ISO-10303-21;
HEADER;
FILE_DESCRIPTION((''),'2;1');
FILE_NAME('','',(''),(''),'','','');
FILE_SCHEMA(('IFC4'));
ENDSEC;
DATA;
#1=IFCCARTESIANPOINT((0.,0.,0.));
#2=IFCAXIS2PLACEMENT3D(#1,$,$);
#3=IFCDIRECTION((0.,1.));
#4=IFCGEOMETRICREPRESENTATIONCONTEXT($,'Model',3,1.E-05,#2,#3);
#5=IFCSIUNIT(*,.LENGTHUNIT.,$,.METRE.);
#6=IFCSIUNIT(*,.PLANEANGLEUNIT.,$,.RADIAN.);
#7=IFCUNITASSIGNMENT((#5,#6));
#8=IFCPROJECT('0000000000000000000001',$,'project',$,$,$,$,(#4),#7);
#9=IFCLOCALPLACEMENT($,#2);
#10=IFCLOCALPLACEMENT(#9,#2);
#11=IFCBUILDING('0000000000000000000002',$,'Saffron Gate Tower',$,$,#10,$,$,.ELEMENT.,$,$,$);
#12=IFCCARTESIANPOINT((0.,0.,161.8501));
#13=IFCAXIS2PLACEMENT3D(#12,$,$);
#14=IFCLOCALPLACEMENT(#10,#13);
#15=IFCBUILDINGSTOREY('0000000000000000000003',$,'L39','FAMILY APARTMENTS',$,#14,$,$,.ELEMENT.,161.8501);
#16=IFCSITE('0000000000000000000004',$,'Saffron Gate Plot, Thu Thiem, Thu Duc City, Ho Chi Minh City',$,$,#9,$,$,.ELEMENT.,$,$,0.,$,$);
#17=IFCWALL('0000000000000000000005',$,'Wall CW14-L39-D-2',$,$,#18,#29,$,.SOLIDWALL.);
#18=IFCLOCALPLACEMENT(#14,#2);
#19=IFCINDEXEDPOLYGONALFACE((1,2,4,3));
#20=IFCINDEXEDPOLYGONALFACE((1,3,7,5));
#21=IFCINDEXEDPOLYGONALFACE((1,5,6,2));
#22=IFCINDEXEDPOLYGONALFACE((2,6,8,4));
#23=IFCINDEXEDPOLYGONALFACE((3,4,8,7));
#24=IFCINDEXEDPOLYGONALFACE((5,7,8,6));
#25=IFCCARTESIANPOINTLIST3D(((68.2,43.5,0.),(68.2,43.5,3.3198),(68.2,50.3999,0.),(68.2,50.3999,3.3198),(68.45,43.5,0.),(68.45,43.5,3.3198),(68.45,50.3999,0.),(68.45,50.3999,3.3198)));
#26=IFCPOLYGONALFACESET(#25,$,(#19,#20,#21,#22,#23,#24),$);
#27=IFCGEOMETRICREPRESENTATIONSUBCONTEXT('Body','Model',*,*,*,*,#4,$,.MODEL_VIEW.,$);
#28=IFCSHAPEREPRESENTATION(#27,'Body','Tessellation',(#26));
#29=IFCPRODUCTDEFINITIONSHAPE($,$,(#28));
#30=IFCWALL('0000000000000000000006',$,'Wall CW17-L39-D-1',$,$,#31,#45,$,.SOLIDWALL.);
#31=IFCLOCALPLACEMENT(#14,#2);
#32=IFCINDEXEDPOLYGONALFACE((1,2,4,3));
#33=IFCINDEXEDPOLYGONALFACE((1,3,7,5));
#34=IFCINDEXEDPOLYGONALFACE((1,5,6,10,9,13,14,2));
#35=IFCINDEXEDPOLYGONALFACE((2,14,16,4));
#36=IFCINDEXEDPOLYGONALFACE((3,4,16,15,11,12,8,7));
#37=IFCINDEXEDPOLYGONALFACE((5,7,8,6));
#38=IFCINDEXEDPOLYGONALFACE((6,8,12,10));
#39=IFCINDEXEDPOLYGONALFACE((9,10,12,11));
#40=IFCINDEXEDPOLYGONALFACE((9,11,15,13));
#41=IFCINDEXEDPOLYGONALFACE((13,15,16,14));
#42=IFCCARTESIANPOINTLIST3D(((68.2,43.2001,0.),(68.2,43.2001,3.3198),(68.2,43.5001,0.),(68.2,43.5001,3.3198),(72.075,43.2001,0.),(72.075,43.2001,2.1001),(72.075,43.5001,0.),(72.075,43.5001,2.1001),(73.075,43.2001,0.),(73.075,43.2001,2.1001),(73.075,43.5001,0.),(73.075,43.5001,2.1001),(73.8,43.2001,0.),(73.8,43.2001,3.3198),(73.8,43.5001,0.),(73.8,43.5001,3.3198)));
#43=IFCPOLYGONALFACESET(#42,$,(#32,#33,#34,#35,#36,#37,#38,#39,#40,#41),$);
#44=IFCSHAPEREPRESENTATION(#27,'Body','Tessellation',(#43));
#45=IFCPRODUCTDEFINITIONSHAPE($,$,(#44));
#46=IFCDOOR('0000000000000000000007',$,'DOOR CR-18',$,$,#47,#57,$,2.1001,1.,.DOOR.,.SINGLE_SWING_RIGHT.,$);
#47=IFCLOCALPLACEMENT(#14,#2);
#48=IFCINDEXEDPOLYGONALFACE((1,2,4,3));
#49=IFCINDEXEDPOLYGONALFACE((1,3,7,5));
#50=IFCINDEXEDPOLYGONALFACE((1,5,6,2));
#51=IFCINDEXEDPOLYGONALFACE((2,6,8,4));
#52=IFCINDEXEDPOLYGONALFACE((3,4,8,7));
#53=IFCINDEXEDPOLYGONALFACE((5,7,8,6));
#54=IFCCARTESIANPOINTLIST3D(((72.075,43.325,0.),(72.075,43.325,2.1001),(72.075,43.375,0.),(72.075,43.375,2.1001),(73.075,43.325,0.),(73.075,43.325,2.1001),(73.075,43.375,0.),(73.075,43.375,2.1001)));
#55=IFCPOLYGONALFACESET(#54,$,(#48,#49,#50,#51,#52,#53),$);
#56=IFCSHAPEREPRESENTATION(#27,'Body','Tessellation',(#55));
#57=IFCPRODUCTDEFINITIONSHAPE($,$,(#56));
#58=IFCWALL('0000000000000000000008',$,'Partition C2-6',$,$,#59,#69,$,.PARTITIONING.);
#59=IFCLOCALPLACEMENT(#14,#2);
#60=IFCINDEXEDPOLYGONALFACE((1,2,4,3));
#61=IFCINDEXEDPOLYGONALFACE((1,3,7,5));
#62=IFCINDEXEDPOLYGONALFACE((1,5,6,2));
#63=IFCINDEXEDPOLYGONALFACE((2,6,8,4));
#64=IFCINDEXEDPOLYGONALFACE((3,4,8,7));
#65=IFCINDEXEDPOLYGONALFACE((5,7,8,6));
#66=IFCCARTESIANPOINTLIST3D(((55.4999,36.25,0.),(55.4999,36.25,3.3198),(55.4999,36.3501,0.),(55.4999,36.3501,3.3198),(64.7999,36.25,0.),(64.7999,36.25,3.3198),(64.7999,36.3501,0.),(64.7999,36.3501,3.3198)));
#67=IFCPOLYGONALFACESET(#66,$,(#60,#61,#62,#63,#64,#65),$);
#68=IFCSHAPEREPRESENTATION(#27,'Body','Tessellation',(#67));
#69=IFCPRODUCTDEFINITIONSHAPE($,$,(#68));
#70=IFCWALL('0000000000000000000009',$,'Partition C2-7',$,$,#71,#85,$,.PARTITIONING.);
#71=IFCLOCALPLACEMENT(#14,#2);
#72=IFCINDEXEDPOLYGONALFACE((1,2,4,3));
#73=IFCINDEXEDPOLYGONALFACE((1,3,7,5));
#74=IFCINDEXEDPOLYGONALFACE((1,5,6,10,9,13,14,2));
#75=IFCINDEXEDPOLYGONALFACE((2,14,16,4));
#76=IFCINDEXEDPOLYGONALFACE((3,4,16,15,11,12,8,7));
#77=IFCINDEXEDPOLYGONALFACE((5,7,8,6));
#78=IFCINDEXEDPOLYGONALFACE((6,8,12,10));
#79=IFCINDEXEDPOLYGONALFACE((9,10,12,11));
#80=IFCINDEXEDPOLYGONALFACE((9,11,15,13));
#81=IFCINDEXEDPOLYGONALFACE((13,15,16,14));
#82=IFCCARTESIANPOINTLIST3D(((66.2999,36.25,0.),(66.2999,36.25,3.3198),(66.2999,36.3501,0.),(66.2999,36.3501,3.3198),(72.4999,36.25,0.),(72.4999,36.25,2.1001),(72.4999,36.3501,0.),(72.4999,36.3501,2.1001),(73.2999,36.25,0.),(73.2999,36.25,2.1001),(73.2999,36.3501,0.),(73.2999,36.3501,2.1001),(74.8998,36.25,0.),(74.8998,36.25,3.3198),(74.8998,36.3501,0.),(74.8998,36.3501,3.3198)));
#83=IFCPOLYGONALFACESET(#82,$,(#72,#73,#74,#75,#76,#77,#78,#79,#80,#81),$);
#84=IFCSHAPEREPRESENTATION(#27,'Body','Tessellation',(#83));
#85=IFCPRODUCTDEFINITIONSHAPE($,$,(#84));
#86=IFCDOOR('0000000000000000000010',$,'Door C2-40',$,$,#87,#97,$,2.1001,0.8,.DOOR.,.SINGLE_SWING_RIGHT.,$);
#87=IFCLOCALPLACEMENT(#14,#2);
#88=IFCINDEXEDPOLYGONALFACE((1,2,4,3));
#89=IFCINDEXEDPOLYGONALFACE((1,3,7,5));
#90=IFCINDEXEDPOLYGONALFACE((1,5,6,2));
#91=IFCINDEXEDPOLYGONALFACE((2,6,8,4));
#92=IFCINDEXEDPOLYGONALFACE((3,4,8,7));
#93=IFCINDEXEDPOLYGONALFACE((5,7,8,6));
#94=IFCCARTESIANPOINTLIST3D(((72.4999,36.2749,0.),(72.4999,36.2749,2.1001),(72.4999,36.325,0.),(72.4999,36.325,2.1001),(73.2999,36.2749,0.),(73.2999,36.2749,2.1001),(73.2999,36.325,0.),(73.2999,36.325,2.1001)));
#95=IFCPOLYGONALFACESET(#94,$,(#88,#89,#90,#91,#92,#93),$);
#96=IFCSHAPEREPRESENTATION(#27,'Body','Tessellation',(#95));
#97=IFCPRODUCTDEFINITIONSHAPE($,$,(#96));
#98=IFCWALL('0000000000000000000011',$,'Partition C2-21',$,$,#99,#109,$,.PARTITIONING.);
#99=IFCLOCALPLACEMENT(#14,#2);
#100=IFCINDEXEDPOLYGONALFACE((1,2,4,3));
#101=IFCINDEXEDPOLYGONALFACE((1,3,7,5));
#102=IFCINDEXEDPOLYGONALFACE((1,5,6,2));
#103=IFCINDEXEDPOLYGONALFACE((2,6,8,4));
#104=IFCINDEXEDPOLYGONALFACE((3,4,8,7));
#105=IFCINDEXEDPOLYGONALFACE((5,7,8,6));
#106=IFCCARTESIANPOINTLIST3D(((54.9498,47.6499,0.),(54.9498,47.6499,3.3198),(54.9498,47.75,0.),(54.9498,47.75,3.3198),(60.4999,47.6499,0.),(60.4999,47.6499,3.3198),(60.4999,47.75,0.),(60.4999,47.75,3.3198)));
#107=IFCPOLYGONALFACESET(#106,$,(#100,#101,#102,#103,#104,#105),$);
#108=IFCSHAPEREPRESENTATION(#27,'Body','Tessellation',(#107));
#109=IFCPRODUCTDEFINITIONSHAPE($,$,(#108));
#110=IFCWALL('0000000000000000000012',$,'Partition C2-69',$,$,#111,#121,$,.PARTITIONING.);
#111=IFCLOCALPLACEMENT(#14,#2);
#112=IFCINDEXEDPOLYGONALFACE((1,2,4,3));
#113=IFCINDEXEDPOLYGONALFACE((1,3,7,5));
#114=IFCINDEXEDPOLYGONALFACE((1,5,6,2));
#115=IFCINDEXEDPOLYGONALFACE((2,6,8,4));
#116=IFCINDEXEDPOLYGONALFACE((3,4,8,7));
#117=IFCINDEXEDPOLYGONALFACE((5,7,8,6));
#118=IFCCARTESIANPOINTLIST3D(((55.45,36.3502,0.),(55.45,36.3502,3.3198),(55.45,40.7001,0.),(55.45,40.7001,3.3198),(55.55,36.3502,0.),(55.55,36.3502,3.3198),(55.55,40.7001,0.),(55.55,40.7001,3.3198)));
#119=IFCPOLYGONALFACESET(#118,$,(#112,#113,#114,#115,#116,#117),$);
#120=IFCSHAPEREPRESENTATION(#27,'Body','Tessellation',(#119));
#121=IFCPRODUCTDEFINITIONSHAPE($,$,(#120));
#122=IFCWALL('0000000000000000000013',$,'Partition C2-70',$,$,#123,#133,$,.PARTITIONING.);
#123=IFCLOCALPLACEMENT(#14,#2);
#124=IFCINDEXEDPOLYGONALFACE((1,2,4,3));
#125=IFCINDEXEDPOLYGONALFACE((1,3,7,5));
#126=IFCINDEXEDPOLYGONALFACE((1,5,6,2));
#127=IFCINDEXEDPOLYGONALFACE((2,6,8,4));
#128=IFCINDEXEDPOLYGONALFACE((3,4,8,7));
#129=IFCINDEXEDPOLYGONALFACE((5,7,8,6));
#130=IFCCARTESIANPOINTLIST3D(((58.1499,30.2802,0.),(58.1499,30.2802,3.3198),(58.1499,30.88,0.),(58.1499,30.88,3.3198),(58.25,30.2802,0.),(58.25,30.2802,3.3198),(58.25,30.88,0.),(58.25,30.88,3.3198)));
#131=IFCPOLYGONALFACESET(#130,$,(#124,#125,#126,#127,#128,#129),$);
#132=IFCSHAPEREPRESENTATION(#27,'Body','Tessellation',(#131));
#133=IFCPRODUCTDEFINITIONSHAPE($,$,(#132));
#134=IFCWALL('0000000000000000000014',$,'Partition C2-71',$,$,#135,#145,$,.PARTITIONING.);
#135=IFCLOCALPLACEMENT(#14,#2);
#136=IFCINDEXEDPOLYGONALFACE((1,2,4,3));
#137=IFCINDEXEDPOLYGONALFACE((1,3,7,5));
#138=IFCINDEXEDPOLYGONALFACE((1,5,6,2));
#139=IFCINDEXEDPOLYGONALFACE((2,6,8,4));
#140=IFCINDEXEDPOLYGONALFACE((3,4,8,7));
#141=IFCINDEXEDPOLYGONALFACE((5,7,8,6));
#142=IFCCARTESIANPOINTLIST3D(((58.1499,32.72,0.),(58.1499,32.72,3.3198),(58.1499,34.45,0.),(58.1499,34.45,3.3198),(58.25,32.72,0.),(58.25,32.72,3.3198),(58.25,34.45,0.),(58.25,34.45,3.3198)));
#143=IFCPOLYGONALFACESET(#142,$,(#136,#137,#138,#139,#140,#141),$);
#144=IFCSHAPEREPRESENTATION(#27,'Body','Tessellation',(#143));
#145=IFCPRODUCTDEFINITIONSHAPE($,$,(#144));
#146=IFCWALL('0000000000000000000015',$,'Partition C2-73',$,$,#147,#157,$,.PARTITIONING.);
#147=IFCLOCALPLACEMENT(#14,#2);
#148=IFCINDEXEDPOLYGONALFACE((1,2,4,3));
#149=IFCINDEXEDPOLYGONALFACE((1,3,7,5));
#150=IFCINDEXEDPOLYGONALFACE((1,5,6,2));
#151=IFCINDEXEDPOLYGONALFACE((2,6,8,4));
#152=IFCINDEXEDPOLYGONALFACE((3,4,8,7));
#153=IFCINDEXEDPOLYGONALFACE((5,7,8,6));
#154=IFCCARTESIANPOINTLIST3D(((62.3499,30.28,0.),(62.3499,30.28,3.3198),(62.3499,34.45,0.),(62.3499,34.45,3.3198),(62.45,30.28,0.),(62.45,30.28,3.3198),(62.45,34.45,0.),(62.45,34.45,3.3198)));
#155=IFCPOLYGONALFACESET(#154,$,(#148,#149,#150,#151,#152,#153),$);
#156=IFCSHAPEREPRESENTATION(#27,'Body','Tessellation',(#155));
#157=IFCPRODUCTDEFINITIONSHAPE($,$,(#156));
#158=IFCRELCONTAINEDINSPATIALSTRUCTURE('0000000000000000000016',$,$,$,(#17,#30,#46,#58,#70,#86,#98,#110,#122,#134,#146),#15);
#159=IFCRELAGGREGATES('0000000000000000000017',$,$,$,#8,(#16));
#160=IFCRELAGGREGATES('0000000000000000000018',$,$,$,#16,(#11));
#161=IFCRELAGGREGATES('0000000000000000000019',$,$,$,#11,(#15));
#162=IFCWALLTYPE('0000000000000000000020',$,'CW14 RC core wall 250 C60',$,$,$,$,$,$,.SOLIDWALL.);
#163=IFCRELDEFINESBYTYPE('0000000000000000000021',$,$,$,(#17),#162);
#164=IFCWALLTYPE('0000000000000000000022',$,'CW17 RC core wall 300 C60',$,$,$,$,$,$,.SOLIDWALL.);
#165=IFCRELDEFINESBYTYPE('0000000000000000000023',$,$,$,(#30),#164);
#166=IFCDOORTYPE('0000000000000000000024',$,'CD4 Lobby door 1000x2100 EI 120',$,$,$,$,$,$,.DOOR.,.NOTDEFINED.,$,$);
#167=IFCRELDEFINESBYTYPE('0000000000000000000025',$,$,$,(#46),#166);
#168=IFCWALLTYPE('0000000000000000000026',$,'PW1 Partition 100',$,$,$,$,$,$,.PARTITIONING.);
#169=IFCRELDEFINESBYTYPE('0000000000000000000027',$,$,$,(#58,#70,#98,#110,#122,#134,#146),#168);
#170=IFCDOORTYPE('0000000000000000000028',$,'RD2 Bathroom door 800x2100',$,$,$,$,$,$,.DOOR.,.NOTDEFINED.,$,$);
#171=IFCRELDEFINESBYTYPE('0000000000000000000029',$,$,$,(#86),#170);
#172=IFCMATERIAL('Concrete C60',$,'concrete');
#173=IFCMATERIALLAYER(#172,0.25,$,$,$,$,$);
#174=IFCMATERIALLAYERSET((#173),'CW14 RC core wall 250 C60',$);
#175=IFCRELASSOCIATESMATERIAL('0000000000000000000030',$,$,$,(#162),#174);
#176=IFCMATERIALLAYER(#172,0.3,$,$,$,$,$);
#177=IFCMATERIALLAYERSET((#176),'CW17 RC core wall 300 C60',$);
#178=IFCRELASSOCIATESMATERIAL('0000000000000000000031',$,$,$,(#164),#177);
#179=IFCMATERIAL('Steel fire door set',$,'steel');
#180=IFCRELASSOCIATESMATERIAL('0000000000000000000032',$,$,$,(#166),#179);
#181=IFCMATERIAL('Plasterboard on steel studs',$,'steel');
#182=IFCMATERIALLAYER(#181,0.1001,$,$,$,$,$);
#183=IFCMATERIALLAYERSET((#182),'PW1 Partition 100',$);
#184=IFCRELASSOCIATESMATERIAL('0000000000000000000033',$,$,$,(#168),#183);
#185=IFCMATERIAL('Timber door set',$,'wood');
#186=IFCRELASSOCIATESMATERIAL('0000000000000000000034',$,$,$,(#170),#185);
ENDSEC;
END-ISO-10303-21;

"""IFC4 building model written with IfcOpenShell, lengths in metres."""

from ifc_helpers import new_model, si_unit, direction, frame, frame_2d, origin, place, context, subcontext, project, spatial, rectangle, extrude, material, layer, layer_set, type_object, element, fill, save


model = new_model("IFC4")

# Units and contexts
model_context = context("Model", 3, precision=1e-05, world=origin(), true_north=direction((0.0, 1.0)))
body_context = subcontext(model_context, "Body", "Model", "MODEL_VIEW")
ifc_project = project(units=[si_unit("LENGTHUNIT", "METRE"), si_unit("PLANEANGLEUNIT", "RADIAN")], contexts=[model_context])

# Site, building, storey
site_placement = place(None, origin())
site = spatial("IfcSite", under=ifc_project, at=site_placement, Name="Saffron Gate Plot, Thu Thiem, Thu Duc City, Ho Chi Minh City", CompositionType="ELEMENT", RefElevation=0.0)
building_placement = place(site_placement, origin())
building = spatial("IfcBuilding", under=site, at=building_placement, Name="Saffron Gate Tower", CompositionType="ELEMENT")
storey_placement = place(building_placement, frame((0.0, 0.0, 161.8501)))
storey = spatial("IfcBuildingStorey", under=building, at=storey_placement, Name="L39", Description="FAMILY APARTMENTS", CompositionType="ELEMENT", Elevation=161.8501)

# Wall
ifc_material_1 = material(Name="Concrete C60", Category="concrete")
ifc_layer_1 = layer(ifc_material_1, 0.25)
ifc_layer_set_1 = layer_set([ifc_layer_1], Name="CW14 RC core wall 250 C60")
wall_type_1 = type_object("IfcWallType", Name="CW14 RC core wall 250 C60", PredefinedType="SOLIDWALL", material=ifc_layer_set_1)
wall_1_placement = place(storey_placement, frame((68.325, 43.5, 0.0), z_axis=(0.0, 0.0, 1.0), x_axis=(0.0, 1.0, 0.0)))
element("IfcWall", 1, at=wall_1_placement, inside=storey, type_object=wall_type_1, Name="Wall CW14-L39-D-2", PredefinedType="SOLIDWALL", context=body_context, shape_type="SweptSolid", body=[
    extrude(rectangle(XDim=6.8999, YDim=0.25, at=frame_2d((3.45, 0.0))), origin(), (0.0, 0.0, 1.0), 3.3198),
])

# Wall, opening, door
ifc_layer_2 = layer(ifc_material_1, 0.3)
ifc_layer_set_2 = layer_set([ifc_layer_2], Name="CW17 RC core wall 300 C60")
wall_type_2 = type_object("IfcWallType", Name="CW17 RC core wall 300 C60", PredefinedType="SOLIDWALL", material=ifc_layer_set_2)
wall_2_placement = place(storey_placement, frame((68.2, 43.3501, 0.0), z_axis=(0.0, 0.0, 1.0), x_axis=(1.0, 0.0, 0.0)))
wall_2 = element("IfcWall", 2, at=wall_2_placement, inside=storey, type_object=wall_type_2, Name="Wall CW17-L39-D-1", PredefinedType="SOLIDWALL", context=body_context, shape_type="SweptSolid", body=[
    extrude(rectangle(XDim=5.6001, YDim=0.3, at=frame_2d((2.8, 0.0))), origin(), (0.0, 0.0, 1.0), 3.3198),
])
opening_1_placement = place(wall_2_placement, frame((3.875, 0.0, 0.0)))
opening_1 = element("IfcOpeningElement", 3, at=opening_1_placement, cuts=wall_2, PredefinedType="OPENING", context=body_context, shape_type="SweptSolid", body=[
    extrude(rectangle(XDim=1.0, YDim=2.1001, at=frame_2d((0.5, 1.05))), frame((0.0, 0.1602, 0.0), z_axis=(0.0, -1.0, 0.0), x_axis=(1.0, 0.0, 0.0)), (0.0, 0.0, 1.0), 0.3201),
])
ifc_material_2 = material(Name="Steel fire door set", Category="steel")
door_type_1 = type_object("IfcDoorType", Name="CD4 Lobby door 1000x2100 EI 120", OperationType="NOTDEFINED", PredefinedType="DOOR", material=ifc_material_2)
door_1_placement = place(opening_1_placement, origin())
door_1 = element("IfcDoor", 4, at=door_1_placement, inside=storey, type_object=door_type_1, Name="DOOR CR-18", OperationType="SINGLE_SWING_RIGHT", OverallHeight=2.1001, OverallWidth=1.0, PredefinedType="DOOR", context=body_context, shape_type="SweptSolid", body=[
    extrude(rectangle(XDim=1.0, YDim=2.1001, at=frame_2d((0.5, 1.05))), frame((0.0, 0.0249, 0.0), z_axis=(0.0, -1.0, 0.0), x_axis=(1.0, 0.0, 0.0)), (0.0, 0.0, 1.0), 0.05),
])
fill(opening_1, door_1)

# Wall
ifc_material_3 = material(Name="Plasterboard on steel studs", Category="steel")
ifc_layer_3 = layer(ifc_material_3, 0.1001)
ifc_layer_set_3 = layer_set([ifc_layer_3], Name="PW1 Partition 100")
wall_type_3 = type_object("IfcWallType", Name="PW1 Partition 100", PredefinedType="PARTITIONING", material=ifc_layer_set_3)
wall_3_placement = place(storey_placement, frame((55.5, 36.3, 0.0), z_axis=(0.0, 0.0, 1.0), x_axis=(1.0, 0.0, 0.0)))
element("IfcWall", 5, at=wall_3_placement, inside=storey, type_object=wall_type_3, Name="Partition C2-6", PredefinedType="PARTITIONING", context=body_context, shape_type="SweptSolid", body=[
    extrude(rectangle(XDim=9.3, YDim=0.1001, at=frame_2d((4.6499, 0.0))), origin(), (0.0, 0.0, 1.0), 3.3198),
])

# Wall, opening, door
wall_4_placement = place(storey_placement, frame((66.3, 36.3, 0.0), z_axis=(0.0, 0.0, 1.0), x_axis=(1.0, 0.0, 0.0)))
wall_4 = element("IfcWall", 6, at=wall_4_placement, inside=storey, type_object=wall_type_3, Name="Partition C2-7", PredefinedType="PARTITIONING", context=body_context, shape_type="SweptSolid", body=[
    extrude(rectangle(XDim=8.5999, YDim=0.1001, at=frame_2d((4.2998, 0.0))), origin(), (0.0, 0.0, 1.0), 3.3198),
])
opening_2_placement = place(wall_4_placement, frame((6.2, 0.0, 0.0)))
opening_2 = element("IfcOpeningElement", 7, at=opening_2_placement, cuts=wall_4, PredefinedType="OPENING", context=body_context, shape_type="SweptSolid", body=[
    extrude(rectangle(XDim=0.8, YDim=2.1001, at=frame_2d((0.3999, 1.05))), frame((0.0, 0.0601, 0.0), z_axis=(0.0, -1.0, 0.0), x_axis=(1.0, 0.0, 0.0)), (0.0, 0.0, 1.0), 0.1201),
])
ifc_material_4 = material(Name="Timber door set", Category="wood")
door_type_2 = type_object("IfcDoorType", Name="RD2 Bathroom door 800x2100", OperationType="NOTDEFINED", PredefinedType="DOOR", material=ifc_material_4)
door_2_placement = place(opening_2_placement, origin())
door_2 = element("IfcDoor", 8, at=door_2_placement, inside=storey, type_object=door_type_2, Name="Door C2-40", OperationType="SINGLE_SWING_RIGHT", OverallHeight=2.1001, OverallWidth=0.8, PredefinedType="DOOR", context=body_context, shape_type="SweptSolid", body=[
    extrude(rectangle(XDim=0.8, YDim=2.1001, at=frame_2d((0.3999, 1.05))), frame((0.0, 0.0249, 0.0), z_axis=(0.0, -1.0, 0.0), x_axis=(1.0, 0.0, 0.0)), (0.0, 0.0, 1.0), 0.05),
])
fill(opening_2, door_2)

# Walls
wall_5_placement = place(storey_placement, frame((54.95, 47.7, 0.0), z_axis=(0.0, 0.0, 1.0), x_axis=(1.0, 0.0, 0.0)))
element("IfcWall", 9, at=wall_5_placement, inside=storey, type_object=wall_type_3, Name="Partition C2-21", PredefinedType="PARTITIONING", context=body_context, shape_type="SweptSolid", body=[
    extrude(rectangle(XDim=5.55, YDim=0.1001, at=frame_2d((2.7749, 0.0))), origin(), (0.0, 0.0, 1.0), 3.3198),
])
wall_6_placement = place(storey_placement, frame((55.5, 40.7, 0.0), z_axis=(0.0, 0.0, 1.0), x_axis=(0.0, -1.0, 0.0)))
element("IfcWall", 10, at=wall_6_placement, inside=storey, type_object=wall_type_3, Name="Partition C2-69", PredefinedType="PARTITIONING", context=body_context, shape_type="SweptSolid", body=[
    extrude(rectangle(XDim=4.3499, YDim=0.1001, at=frame_2d((2.1748, 0.0))), origin(), (0.0, 0.0, 1.0), 3.3198),
])
wall_7_placement = place(storey_placement, frame((58.2, 30.8799, 0.0), z_axis=(0.0, 0.0, 1.0), x_axis=(0.0, -1.0, 0.0)))
element("IfcWall", 11, at=wall_7_placement, inside=storey, type_object=wall_type_3, Name="Partition C2-70", PredefinedType="PARTITIONING", context=body_context, shape_type="SweptSolid", body=[
    extrude(rectangle(XDim=0.5999, YDim=0.1001, at=frame_2d((0.2998, 0.0))), origin(), (0.0, 0.0, 1.0), 3.3198),
])
wall_8_placement = place(storey_placement, frame((58.2, 34.45, 0.0), z_axis=(0.0, 0.0, 1.0), x_axis=(0.0, -1.0, 0.0)))
element("IfcWall", 12, at=wall_8_placement, inside=storey, type_object=wall_type_3, Name="Partition C2-71", PredefinedType="PARTITIONING", context=body_context, shape_type="SweptSolid", body=[
    extrude(rectangle(XDim=1.73, YDim=0.1001, at=frame_2d((0.865, 0.0))), origin(), (0.0, 0.0, 1.0), 3.3198),
])
wall_9_placement = place(storey_placement, frame((62.3999, 34.45, 0.0), z_axis=(0.0, 0.0, 1.0), x_axis=(0.0, -1.0, 0.0)))
element("IfcWall", 13, at=wall_9_placement, inside=storey, type_object=wall_type_3, Name="Partition C2-73", PredefinedType="PARTITIONING", context=body_context, shape_type="SweptSolid", body=[
    extrude(rectangle(XDim=4.1699, YDim=0.1001, at=frame_2d((2.085, 0.0))), origin(), (0.0, 0.0, 1.0), 3.3198),
])

save(model, "model.ifc")
